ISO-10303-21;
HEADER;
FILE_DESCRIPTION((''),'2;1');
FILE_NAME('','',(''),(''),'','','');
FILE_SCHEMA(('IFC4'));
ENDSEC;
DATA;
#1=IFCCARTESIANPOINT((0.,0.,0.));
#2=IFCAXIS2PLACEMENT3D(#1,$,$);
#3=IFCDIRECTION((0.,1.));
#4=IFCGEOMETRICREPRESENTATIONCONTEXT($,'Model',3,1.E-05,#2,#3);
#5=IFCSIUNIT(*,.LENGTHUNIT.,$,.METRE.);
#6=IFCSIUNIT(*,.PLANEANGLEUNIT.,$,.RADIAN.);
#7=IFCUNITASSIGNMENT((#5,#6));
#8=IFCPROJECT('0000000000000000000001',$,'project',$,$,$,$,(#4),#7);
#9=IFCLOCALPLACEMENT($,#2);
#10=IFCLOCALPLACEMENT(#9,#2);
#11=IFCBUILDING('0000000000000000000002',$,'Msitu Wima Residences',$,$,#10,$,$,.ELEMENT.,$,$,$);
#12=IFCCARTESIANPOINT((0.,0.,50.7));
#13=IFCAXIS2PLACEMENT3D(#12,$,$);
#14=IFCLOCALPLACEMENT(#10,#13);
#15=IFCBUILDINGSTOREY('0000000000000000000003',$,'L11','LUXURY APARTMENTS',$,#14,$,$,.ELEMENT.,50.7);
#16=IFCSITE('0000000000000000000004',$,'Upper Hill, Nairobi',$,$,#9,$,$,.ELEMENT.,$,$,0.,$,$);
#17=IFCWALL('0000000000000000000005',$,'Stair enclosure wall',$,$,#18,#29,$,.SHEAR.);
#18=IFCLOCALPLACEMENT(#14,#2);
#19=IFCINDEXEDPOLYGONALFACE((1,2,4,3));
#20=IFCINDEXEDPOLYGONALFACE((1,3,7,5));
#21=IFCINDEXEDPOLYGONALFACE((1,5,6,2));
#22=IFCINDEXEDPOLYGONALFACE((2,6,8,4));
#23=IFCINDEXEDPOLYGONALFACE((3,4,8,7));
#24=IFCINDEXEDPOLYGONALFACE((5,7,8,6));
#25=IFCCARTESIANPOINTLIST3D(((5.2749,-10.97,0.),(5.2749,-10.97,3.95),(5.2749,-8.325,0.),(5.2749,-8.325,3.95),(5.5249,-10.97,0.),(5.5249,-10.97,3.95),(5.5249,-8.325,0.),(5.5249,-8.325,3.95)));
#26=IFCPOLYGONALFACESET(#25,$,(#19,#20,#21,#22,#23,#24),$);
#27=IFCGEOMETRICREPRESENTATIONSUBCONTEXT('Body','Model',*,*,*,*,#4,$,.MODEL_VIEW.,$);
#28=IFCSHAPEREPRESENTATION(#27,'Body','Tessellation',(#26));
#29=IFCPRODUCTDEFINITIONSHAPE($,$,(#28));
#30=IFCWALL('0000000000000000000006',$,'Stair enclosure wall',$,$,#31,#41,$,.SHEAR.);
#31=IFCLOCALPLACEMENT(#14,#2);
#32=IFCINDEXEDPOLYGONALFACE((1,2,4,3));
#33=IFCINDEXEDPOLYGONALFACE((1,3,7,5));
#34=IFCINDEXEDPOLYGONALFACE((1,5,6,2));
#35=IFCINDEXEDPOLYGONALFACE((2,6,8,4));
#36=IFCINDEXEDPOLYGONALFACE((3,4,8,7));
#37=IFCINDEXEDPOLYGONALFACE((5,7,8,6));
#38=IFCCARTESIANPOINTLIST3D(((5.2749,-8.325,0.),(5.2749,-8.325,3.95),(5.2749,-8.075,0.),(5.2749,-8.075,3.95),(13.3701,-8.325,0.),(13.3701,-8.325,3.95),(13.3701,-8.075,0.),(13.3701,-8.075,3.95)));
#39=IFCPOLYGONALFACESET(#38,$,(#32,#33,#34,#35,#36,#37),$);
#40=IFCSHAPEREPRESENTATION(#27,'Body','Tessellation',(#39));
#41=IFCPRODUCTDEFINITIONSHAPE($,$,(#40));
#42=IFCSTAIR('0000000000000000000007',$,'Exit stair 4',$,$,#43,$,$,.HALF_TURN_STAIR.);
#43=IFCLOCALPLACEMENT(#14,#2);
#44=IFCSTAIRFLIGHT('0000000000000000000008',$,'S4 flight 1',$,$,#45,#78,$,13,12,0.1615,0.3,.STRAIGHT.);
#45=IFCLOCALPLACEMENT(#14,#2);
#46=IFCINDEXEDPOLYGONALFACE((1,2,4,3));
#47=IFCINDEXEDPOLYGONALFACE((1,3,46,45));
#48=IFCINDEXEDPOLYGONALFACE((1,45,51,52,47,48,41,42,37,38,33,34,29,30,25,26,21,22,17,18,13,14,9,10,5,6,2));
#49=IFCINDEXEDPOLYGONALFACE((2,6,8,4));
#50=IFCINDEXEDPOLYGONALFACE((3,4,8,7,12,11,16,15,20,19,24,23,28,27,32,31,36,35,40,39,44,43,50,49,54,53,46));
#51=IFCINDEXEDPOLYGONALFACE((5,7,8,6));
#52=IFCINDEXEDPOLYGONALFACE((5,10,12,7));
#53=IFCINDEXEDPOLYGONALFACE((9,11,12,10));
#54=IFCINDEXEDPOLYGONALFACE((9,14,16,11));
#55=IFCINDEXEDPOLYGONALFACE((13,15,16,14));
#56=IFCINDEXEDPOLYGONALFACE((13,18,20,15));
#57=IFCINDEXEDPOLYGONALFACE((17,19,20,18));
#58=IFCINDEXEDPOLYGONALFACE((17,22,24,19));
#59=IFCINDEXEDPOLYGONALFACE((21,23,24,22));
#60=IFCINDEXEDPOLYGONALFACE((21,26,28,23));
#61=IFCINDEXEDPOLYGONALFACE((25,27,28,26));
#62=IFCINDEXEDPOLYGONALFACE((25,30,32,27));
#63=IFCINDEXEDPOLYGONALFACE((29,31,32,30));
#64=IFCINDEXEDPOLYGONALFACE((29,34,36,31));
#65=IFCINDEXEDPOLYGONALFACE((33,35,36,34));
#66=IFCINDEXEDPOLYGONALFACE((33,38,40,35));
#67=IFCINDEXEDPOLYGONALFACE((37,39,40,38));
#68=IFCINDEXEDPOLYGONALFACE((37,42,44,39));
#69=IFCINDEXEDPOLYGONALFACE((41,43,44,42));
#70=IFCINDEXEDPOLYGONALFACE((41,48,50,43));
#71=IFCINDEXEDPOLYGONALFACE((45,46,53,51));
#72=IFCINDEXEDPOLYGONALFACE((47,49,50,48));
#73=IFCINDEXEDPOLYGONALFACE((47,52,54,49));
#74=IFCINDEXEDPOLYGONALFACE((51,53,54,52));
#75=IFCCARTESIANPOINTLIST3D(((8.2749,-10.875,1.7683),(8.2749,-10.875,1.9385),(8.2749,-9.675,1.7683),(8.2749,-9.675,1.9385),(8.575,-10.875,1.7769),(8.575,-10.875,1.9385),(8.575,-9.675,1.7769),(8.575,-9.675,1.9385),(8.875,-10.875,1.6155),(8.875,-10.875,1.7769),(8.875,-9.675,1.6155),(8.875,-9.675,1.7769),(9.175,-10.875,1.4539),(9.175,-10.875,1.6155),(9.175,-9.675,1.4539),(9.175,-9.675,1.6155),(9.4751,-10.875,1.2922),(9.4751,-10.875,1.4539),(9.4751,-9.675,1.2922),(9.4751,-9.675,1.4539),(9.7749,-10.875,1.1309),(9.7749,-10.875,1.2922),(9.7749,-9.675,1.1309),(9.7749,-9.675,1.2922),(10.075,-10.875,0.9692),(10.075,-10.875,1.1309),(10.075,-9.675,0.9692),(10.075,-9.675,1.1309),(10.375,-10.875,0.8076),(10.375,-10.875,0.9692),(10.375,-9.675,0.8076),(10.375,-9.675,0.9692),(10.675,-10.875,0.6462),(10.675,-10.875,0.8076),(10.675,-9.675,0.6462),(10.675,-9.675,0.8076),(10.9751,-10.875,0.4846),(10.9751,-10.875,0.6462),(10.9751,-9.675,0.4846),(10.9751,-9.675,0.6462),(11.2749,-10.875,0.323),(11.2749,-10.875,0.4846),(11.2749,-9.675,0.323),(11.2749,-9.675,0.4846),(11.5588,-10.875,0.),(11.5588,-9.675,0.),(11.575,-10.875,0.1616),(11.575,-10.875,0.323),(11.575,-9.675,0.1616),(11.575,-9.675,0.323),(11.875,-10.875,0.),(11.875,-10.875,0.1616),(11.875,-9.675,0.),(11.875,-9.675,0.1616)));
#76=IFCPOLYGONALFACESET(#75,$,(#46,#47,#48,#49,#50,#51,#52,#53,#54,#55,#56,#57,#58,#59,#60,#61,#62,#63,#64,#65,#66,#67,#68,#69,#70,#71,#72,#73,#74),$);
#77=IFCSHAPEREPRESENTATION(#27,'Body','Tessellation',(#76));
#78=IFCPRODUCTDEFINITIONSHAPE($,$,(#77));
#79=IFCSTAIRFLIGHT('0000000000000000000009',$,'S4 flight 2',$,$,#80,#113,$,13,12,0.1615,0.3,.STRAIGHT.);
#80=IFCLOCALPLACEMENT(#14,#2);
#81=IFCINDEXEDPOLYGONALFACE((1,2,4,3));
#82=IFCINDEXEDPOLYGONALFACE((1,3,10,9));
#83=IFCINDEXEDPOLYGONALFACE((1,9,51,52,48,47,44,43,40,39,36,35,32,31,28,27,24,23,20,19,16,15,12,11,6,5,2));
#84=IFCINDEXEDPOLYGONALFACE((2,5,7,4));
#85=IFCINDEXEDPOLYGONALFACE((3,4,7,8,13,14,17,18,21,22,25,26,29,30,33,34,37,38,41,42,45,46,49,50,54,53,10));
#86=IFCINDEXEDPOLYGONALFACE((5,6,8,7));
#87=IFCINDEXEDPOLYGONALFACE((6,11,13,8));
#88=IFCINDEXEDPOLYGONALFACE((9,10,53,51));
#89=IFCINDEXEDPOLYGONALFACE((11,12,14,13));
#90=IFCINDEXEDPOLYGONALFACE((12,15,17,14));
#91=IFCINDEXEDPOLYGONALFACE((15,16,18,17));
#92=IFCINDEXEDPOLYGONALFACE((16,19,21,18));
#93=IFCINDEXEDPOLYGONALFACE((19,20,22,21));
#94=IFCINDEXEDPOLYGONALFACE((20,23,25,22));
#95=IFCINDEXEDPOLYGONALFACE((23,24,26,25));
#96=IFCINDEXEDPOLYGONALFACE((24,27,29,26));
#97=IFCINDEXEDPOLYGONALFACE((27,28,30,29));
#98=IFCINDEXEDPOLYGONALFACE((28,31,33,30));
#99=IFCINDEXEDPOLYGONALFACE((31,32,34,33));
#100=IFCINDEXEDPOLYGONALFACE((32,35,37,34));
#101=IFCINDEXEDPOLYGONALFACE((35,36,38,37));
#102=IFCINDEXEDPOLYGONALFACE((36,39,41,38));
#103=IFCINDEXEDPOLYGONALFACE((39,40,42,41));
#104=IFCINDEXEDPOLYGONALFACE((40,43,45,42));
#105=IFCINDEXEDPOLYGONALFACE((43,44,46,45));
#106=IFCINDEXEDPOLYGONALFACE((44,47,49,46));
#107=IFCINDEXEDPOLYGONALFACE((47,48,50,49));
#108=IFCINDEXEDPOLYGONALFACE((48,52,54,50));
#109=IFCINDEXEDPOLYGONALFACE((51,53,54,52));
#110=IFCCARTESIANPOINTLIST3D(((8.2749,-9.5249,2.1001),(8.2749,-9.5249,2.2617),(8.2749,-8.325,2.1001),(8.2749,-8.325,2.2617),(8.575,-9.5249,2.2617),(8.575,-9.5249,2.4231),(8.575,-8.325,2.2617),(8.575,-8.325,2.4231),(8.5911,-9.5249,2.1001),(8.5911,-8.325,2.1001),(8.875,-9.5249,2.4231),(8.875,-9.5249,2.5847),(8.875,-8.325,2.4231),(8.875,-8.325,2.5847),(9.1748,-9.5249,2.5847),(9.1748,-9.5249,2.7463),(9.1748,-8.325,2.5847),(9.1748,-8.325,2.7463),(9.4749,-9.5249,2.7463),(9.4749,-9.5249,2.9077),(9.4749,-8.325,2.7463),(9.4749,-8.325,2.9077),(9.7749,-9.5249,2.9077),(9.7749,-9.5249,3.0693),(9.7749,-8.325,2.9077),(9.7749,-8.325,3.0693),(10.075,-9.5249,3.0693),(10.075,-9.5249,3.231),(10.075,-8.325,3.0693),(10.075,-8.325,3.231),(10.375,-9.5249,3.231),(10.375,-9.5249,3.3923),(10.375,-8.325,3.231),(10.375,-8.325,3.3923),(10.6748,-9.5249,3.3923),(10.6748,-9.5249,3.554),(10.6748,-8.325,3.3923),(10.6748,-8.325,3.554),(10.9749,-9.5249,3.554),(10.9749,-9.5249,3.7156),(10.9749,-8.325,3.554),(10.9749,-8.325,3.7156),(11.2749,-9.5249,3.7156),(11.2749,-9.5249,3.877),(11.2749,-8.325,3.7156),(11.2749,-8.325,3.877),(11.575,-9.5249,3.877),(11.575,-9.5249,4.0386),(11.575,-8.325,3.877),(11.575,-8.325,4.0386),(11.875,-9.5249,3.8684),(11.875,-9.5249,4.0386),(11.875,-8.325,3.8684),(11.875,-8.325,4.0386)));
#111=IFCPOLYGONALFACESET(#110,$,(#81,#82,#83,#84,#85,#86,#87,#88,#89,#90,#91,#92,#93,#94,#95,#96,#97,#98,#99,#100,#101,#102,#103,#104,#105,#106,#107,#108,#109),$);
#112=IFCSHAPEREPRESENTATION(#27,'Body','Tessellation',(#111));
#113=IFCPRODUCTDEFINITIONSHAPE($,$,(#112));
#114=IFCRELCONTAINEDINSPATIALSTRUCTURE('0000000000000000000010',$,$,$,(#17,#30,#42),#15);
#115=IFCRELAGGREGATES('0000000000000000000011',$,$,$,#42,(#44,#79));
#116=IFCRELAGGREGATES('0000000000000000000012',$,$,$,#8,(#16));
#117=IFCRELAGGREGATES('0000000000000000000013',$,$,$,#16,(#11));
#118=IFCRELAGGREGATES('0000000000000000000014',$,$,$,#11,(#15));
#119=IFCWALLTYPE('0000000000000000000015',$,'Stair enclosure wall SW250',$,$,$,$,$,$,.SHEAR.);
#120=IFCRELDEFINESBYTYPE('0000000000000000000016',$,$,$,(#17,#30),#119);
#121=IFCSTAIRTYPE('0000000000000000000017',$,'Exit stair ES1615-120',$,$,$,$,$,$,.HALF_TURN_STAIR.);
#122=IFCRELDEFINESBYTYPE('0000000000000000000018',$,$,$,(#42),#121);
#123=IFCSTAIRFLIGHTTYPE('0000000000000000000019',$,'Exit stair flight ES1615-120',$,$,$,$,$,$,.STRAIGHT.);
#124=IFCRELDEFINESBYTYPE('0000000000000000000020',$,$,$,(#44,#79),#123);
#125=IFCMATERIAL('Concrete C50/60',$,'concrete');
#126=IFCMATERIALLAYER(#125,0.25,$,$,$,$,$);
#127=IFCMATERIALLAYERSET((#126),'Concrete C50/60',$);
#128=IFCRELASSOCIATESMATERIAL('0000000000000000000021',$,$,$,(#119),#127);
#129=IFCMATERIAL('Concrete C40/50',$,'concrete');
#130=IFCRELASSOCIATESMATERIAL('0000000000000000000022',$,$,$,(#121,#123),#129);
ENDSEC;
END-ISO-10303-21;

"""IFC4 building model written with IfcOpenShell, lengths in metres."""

from ifc_helpers import new_model, si_unit, direction, frame, frame_2d, origin, place, context, subcontext, project, spatial, polyline, rectangle, outline, extrude, material, layer, layer_set, type_object, element, aggregate, save


model = new_model("IFC4")

# Units and contexts
model_context = context("Model", 3, precision=1e-05, world=origin(), true_north=direction((0.0, 1.0)))
body_context = subcontext(model_context, "Body", "Model", "MODEL_VIEW")
ifc_project = project(units=[si_unit("LENGTHUNIT", "METRE"), si_unit("PLANEANGLEUNIT", "RADIAN")], contexts=[model_context])

# Site, building, storey
site_placement = place(None, origin())
site = spatial("IfcSite", under=ifc_project, at=site_placement, Name="Upper Hill, Nairobi", CompositionType="ELEMENT", RefElevation=0.0)
building_placement = place(site_placement, origin())
building = spatial("IfcBuilding", under=site, at=building_placement, Name="Msitu Wima Residences", CompositionType="ELEMENT")
storey_placement = place(building_placement, frame((0.0, 0.0, 50.7)))
storey = spatial("IfcBuildingStorey", under=building, at=storey_placement, Name="L11", Description="LUXURY APARTMENTS", CompositionType="ELEMENT", Elevation=50.7)

# Shared definitions
ifc_material_1 = material(Name="Concrete C40/50", Category="concrete")

# Walls
ifc_material_2 = material(Name="Concrete C50/60", Category="concrete")
ifc_layer_1 = layer(ifc_material_2, 0.25)
ifc_layer_set_1 = layer_set([ifc_layer_1], Name="Concrete C50/60")
wall_type_1 = type_object("IfcWallType", Name="Stair enclosure wall SW250", PredefinedType="SHEAR", material=ifc_layer_set_1)
wall_1_placement = place(storey_placement, frame((5.3999, -10.97, 0.0), z_axis=(0.0, 0.0, 1.0), x_axis=(0.0, 1.0, 0.0)))
element("IfcWall", 1, at=wall_1_placement, inside=storey, type_object=wall_type_1, Name="Stair enclosure wall", PredefinedType="SHEAR", context=body_context, shape_type="SweptSolid", body=[
    extrude(rectangle(XDim=2.645, YDim=0.25, at=frame_2d((1.3225, 0.0))), origin(), (0.0, 0.0, 1.0), 3.95),
])
wall_2_placement = place(storey_placement, frame((5.2749, -8.2, 0.0), z_axis=(0.0, 0.0, 1.0), x_axis=(1.0, 0.0, 0.0)))
element("IfcWall", 2, at=wall_2_placement, inside=storey, type_object=wall_type_1, Name="Stair enclosure wall", PredefinedType="SHEAR", context=body_context, shape_type="SweptSolid", body=[
    extrude(rectangle(XDim=8.0952, YDim=0.25, at=frame_2d((4.0476, 0.0))), origin(), (0.0, 0.0, 1.0), 3.95),
])

# Stair, stair flights
stair_type = type_object("IfcStairType", Name="Exit stair ES1615-120", PredefinedType="HALF_TURN_STAIR", material=ifc_material_1)
stair_placement = place(storey_placement, origin())
stair = element("IfcStair", 3, at=stair_placement, inside=storey, type_object=stair_type, Name="Exit stair 4", PredefinedType="HALF_TURN_STAIR")
stair_flight_type = type_object("IfcStairFlightType", Name="Exit stair flight ES1615-120", PredefinedType="STRAIGHT", material=ifc_material_1)
stair_flight_1_placement = place(storey_placement, frame((11.875, -10.2749, 0.0), z_axis=(0.0, 0.0, 1.0), x_axis=(-1.0, 0.0, 0.0)))
stair_flight_1 = element("IfcStairFlight", 4, at=stair_flight_1_placement, type_object=stair_flight_type, Name="S4 flight 1", NumberOfRisers=13, NumberOfTreads=12, PredefinedType="STRAIGHT", RiserHeight=0.1615, TreadLength=0.3, context=body_context, shape_type="SweptSolid", body=[
    extrude(outline(polyline([(0.0, 0.0), (0.0, 0.1616), (0.3, 0.1616), (0.3, 0.323), (0.6001, 0.323), (0.6001, 0.4846), (0.8999, 0.4846), (0.8999, 0.6462), (1.2, 0.6462), (1.2, 0.8076), (1.5, 0.8076), (1.5, 0.9692), (1.8, 0.9692), (1.8, 1.1309), (2.1001, 1.1309), (2.1001, 1.2922), (2.3999, 1.2922), (2.3999, 1.4539), (2.7, 1.4539), (2.7, 1.6155), (3.0, 1.6155), (3.0, 1.7769), (3.3, 1.7769), (3.3, 1.9385), (3.6001, 1.9385), (3.6001, 2.1001), (3.6001, 1.7683), (0.3162, 0.0), (0.0, 0.0)])), frame((0.0, 0.6001, 0.0), z_axis=(0.0, -1.0, 0.0), x_axis=(1.0, 0.0, 0.0)), (0.0, 0.0, 1.0), 1.2),
])
stair_flight_2_placement = place(storey_placement, frame((8.2749, -8.925, 2.1001), z_axis=(0.0, 0.0, 1.0), x_axis=(1.0, 0.0, 0.0)))
stair_flight_2 = element("IfcStairFlight", 5, at=stair_flight_2_placement, type_object=stair_flight_type, Name="S4 flight 2", NumberOfRisers=13, NumberOfTreads=12, PredefinedType="STRAIGHT", RiserHeight=0.1615, TreadLength=0.3, context=body_context, shape_type="SweptSolid", body=[
    extrude(outline(polyline([(0.0, 0.0), (0.0, 0.1616), (0.3, 0.1616), (0.3, 0.323), (0.6001, 0.323), (0.6001, 0.4846), (0.8999, 0.4846), (0.8999, 0.6462), (1.2, 0.6462), (1.2, 0.8076), (1.5, 0.8076), (1.5, 0.9692), (1.8, 0.9692), (1.8, 1.1309), (2.1001, 1.1309), (2.1001, 1.2922), (2.3999, 1.2922), (2.3999, 1.4539), (2.7, 1.4539), (2.7, 1.6155), (3.0, 1.6155), (3.0, 1.7769), (3.3, 1.7769), (3.3, 1.9385), (3.6001, 1.9385), (3.6001, 2.1001), (3.6001, 1.7683), (0.3162, 0.0), (0.0, 0.0)])), frame((0.0, 0.6001, 0.0), z_axis=(0.0, -1.0, 0.0), x_axis=(1.0, 0.0, 0.0)), (0.0, 0.0, 1.0), 1.2),
])
aggregate(stair, [stair_flight_1, stair_flight_2])

save(model, "model.ifc")
